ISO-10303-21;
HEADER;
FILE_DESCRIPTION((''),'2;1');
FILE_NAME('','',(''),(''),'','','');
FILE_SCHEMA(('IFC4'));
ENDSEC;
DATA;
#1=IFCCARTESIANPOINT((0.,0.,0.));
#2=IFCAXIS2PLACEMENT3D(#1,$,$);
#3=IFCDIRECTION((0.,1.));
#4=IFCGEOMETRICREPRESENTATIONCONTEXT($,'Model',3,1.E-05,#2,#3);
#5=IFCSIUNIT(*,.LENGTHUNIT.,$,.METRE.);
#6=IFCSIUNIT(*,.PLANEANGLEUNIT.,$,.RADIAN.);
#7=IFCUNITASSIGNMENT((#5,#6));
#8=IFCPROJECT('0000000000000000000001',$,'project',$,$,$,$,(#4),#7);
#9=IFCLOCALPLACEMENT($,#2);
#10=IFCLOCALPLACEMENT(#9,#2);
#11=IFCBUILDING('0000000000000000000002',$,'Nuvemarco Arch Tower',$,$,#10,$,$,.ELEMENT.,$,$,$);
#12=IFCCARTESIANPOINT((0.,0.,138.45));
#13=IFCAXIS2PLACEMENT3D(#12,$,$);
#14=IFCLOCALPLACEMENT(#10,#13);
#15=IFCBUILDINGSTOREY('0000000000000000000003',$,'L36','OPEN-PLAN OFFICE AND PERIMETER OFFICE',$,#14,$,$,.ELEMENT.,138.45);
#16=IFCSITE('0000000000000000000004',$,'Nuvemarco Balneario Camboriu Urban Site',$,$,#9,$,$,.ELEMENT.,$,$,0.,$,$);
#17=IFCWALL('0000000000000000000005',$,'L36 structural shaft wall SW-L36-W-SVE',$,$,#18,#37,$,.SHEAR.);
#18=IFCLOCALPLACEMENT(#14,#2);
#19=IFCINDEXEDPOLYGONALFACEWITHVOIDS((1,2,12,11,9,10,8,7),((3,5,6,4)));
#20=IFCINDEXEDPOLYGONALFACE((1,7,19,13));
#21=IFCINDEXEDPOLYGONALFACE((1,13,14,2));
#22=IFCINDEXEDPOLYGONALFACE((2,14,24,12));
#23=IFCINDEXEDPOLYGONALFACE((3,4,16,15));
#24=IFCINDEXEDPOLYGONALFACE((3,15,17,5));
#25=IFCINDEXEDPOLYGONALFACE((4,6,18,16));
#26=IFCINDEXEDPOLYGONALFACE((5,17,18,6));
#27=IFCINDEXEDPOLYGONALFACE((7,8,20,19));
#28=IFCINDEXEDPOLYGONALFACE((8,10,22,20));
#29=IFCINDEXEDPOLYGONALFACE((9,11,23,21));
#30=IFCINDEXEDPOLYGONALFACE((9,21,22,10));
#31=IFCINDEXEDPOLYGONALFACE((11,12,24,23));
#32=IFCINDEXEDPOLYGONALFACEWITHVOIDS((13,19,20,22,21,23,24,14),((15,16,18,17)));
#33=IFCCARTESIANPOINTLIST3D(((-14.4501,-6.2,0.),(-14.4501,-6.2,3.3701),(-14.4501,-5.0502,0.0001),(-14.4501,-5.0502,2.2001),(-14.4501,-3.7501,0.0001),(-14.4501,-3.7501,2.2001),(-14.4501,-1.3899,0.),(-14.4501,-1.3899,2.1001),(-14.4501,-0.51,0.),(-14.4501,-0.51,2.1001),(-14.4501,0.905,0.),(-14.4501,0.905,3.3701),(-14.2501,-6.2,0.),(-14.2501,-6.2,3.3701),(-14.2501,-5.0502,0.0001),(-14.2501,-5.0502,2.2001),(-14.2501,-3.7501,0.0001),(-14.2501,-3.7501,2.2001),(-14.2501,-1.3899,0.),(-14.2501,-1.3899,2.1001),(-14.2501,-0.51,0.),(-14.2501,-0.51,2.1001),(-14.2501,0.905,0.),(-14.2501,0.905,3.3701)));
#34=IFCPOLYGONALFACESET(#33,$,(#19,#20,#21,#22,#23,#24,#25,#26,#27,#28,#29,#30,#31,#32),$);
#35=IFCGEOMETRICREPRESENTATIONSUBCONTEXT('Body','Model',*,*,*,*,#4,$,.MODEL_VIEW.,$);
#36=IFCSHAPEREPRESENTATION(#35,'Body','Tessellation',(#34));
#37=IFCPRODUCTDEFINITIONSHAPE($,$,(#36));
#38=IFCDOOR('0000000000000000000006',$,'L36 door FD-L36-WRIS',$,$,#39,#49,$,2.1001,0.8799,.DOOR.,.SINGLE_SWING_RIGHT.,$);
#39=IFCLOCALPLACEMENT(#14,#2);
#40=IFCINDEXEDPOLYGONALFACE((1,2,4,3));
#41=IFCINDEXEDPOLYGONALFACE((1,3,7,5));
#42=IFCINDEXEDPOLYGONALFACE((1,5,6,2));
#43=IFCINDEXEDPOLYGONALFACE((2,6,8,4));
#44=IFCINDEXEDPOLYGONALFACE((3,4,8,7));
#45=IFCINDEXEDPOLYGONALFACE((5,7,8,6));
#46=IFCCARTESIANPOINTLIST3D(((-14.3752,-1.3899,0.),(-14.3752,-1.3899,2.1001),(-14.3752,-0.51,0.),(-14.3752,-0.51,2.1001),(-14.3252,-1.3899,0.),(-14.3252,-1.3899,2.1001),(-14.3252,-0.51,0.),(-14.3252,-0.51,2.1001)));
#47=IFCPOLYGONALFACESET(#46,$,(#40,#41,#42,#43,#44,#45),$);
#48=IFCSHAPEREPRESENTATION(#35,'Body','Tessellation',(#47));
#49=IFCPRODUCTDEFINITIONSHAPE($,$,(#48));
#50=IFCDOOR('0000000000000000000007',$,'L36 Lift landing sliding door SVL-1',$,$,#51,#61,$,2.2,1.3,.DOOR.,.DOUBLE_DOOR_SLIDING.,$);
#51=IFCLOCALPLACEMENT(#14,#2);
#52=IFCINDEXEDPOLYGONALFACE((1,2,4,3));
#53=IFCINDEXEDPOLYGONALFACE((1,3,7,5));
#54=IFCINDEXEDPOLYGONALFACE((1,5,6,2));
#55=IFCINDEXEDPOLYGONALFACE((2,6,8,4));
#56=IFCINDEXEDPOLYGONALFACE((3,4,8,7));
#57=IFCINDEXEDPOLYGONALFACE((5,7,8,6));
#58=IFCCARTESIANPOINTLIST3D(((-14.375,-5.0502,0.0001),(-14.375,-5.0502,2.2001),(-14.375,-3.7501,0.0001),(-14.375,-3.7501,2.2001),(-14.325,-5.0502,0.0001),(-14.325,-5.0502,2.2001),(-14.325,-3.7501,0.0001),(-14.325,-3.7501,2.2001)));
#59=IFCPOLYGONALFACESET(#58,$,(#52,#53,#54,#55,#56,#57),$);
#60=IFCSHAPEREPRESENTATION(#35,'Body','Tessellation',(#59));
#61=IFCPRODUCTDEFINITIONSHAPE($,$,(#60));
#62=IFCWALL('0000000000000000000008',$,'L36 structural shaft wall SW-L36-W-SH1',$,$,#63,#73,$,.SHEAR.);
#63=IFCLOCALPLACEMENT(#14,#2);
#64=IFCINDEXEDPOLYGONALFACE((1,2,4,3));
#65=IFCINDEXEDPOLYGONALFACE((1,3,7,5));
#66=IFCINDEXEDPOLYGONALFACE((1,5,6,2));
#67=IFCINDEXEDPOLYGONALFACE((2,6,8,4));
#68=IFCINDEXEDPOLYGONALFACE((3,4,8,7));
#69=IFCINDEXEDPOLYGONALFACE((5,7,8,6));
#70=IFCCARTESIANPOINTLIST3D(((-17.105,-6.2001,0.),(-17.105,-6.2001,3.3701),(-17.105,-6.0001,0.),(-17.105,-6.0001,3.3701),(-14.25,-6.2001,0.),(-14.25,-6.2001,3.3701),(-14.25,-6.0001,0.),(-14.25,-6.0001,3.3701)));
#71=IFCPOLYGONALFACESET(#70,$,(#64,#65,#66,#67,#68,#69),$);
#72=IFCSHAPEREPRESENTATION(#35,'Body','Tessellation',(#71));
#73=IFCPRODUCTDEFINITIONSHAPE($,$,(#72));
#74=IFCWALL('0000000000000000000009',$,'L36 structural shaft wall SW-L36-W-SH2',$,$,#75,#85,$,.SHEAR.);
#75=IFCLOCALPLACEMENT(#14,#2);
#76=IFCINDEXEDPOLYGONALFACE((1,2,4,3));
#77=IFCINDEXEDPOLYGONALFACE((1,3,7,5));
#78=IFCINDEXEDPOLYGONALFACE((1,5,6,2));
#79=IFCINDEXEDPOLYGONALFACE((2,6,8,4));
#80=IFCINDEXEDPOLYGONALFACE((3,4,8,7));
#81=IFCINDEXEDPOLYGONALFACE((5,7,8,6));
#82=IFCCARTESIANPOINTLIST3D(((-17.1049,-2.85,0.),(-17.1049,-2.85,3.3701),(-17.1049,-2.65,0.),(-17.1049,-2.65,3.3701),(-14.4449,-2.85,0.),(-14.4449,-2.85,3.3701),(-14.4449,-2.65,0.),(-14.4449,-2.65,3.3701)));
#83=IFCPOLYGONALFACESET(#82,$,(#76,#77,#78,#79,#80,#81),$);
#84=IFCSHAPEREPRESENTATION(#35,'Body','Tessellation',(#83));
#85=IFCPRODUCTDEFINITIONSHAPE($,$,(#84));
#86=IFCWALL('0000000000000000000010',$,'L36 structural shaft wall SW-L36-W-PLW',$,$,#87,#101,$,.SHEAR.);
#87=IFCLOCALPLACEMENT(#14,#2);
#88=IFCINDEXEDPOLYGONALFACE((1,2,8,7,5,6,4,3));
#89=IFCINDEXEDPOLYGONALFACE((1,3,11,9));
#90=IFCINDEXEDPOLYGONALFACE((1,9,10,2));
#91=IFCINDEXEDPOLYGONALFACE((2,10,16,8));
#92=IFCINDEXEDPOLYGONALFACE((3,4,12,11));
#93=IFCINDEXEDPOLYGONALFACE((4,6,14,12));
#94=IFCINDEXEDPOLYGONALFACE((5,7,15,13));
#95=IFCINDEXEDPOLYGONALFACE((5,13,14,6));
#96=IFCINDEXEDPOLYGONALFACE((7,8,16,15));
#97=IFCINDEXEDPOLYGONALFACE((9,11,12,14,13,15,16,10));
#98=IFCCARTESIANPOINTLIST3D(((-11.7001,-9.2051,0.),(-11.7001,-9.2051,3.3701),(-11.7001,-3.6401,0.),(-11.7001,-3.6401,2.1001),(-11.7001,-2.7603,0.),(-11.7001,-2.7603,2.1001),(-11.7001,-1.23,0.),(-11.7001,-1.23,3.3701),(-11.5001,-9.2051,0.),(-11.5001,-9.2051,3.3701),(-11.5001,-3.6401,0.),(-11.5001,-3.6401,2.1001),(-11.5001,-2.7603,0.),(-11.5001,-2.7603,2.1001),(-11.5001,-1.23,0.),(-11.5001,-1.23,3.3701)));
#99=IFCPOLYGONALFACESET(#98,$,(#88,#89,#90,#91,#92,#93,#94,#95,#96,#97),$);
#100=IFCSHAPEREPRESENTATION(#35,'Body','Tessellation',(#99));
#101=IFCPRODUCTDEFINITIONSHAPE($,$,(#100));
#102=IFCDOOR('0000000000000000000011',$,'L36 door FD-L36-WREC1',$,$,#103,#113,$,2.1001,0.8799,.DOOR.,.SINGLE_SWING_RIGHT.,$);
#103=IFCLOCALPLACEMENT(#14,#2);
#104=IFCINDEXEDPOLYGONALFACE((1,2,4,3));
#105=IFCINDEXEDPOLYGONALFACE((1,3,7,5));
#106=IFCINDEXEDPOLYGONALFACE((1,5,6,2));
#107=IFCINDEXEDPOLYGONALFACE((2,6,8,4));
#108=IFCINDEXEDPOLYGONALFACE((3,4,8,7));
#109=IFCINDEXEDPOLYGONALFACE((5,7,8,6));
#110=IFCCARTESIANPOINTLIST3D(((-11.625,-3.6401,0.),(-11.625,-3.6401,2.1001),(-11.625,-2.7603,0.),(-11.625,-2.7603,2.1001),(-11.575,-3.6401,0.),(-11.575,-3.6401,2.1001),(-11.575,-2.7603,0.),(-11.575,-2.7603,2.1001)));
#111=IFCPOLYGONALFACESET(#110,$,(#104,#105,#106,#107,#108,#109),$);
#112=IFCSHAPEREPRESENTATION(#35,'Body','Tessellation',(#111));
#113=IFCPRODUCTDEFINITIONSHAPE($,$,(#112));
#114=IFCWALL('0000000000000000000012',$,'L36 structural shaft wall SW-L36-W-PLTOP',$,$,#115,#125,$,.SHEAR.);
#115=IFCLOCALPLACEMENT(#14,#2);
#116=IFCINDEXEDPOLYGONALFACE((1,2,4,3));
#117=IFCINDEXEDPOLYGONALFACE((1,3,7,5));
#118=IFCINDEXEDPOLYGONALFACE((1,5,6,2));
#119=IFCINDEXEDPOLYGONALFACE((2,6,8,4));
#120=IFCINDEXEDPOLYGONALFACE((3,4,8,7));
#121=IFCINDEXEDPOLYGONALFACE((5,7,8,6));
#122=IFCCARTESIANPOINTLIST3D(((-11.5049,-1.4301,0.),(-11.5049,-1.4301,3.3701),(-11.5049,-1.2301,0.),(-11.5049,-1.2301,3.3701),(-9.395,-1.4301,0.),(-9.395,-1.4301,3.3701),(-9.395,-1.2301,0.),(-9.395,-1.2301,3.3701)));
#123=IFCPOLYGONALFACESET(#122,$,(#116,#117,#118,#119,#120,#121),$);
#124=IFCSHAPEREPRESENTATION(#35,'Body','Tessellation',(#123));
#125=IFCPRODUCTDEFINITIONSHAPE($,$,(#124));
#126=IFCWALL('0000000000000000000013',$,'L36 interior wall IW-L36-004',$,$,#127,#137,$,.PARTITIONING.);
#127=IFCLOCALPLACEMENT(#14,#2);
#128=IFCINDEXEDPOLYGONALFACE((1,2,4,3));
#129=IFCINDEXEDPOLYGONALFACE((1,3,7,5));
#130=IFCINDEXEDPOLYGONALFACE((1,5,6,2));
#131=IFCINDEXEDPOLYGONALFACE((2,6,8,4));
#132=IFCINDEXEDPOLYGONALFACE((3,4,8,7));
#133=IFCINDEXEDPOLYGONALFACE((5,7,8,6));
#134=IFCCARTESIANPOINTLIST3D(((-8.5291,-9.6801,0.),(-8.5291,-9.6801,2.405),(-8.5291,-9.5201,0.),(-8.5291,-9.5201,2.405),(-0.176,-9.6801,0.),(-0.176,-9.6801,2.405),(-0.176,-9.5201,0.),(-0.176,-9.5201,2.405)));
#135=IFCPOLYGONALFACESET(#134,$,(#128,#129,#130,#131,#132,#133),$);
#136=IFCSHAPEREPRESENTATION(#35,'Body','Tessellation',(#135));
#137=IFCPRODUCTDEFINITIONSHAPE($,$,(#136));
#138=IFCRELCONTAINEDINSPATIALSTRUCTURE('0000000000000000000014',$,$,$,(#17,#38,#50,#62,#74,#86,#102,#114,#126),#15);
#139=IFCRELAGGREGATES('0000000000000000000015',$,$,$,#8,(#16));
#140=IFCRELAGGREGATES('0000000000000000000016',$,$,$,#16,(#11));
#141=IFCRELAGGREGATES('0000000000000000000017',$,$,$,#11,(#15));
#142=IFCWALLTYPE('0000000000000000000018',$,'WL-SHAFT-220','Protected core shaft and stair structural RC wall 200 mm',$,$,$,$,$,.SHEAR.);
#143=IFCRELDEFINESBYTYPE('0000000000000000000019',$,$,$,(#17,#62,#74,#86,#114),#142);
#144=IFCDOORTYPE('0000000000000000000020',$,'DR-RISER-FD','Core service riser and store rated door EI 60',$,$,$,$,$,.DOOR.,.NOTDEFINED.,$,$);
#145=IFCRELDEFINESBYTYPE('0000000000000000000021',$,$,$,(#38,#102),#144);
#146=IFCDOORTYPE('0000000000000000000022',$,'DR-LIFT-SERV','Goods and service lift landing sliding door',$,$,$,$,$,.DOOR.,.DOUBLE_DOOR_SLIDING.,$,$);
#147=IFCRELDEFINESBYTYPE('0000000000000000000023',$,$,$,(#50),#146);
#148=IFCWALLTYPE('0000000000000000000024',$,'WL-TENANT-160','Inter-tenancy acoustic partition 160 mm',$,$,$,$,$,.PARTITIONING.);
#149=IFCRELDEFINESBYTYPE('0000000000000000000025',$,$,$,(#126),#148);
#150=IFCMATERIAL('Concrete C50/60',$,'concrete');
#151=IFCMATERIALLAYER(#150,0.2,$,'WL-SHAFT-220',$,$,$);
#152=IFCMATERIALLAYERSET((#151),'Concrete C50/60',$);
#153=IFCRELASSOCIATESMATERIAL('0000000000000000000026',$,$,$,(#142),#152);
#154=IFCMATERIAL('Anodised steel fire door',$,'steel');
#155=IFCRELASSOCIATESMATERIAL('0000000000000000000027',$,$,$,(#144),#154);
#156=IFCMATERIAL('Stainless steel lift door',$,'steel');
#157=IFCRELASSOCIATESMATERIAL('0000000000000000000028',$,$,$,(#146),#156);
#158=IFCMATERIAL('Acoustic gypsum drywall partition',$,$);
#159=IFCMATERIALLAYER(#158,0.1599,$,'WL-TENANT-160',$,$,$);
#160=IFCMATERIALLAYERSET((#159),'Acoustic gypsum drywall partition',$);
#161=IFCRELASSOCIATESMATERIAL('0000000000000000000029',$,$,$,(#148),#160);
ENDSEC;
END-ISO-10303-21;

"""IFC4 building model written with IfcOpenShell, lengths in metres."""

from ifc_helpers import new_model, si_unit, direction, frame, frame_2d, origin, place, context, subcontext, project, spatial, rectangle, extrude, source, transform, mapped, material, layer, layer_set, type_object, type_shapes, element, fill, save


model = new_model("IFC4")

# Units and contexts
model_context = context("Model", 3, precision=1e-05, world=origin(), true_north=direction((0.0, 1.0)))
body_context = subcontext(model_context, "Body", "Model", "MODEL_VIEW")
ifc_project = project(units=[si_unit("LENGTHUNIT", "METRE"), si_unit("PLANEANGLEUNIT", "RADIAN")], contexts=[model_context])

# Site, building, storey
site_placement = place(None, origin())
site = spatial("IfcSite", under=ifc_project, at=site_placement, Name="Nuvemarco Balneario Camboriu Urban Site", CompositionType="ELEMENT", RefElevation=0.0)
building_placement = place(site_placement, origin())
building = spatial("IfcBuilding", under=site, at=building_placement, Name="Nuvemarco Arch Tower", CompositionType="ELEMENT")
storey_placement = place(building_placement, frame((0.0, 0.0, 138.45)))
storey = spatial("IfcBuildingStorey", under=building, at=storey_placement, Name="L36", Description="OPEN-PLAN OFFICE AND PERIMETER OFFICE", CompositionType="ELEMENT", Elevation=138.45)

# Shared definitions
ifc_material_1 = material(Name="Concrete C50/60", Category="concrete")

# Shared definitions
ifc_material_2 = material(Name="Anodised steel fire door", Category="steel")

# Shared definitions
ifc_layer_1 = layer(ifc_material_1, 0.2, Name="WL-SHAFT-220")
ifc_layer_set_1 = layer_set([ifc_layer_1], Name="Concrete C50/60")
wall_type_1 = type_object("IfcWallType", Name="WL-SHAFT-220", Description="Protected core shaft and stair structural RC wall 200 mm", PredefinedType="SHEAR", material=ifc_layer_set_1)
ifc_material_3 = material(Name="Stainless steel lift door", Category="steel")

# Wall, openings, doors
wall_1_placement = place(storey_placement, frame((-14.3501, -6.2, 0.0), z_axis=(0.0, 0.0, 1.0), x_axis=(0.0, 1.0, 0.0)))
wall_1 = element("IfcWall", 1, at=wall_1_placement, inside=storey, type_object=wall_type_1, Name="L36 structural shaft wall SW-L36-W-SVE", PredefinedType="SHEAR", context=body_context, shape_type="SweptSolid", body=[
    extrude(rectangle(XDim=7.105, YDim=0.2, at=frame_2d((3.5525, 0.0))), origin(), (0.0, 0.0, 1.0), 3.3701),
])
opening_1_placement = place(wall_1_placement, frame((5.6899, 0.0, 0.0), z_axis=(0.0, 0.0, 1.0), x_axis=(-1.0, 0.0, 0.0)))
opening_1 = element("IfcOpeningElement", 2, at=opening_1_placement, cuts=wall_1, PredefinedType="OPENING", context=body_context, shape_type="SweptSolid", body=[
    extrude(rectangle(XDim=0.8799, YDim=2.1001, at=frame_2d((0.4399, 1.05))), frame((0.0, 0.1099, 0.0), z_axis=(0.0, -1.0, 0.0), x_axis=(1.0, 0.0, 0.0)), (0.0, 0.0, 1.0), 0.22),
])
opening_2_placement = place(wall_1_placement, frame((1.1499, 0.0, 0.0)))
opening_2 = element("IfcOpeningElement", 3, at=opening_2_placement, cuts=wall_1, PredefinedType="OPENING", context=body_context, shape_type="SweptSolid", body=[
    extrude(rectangle(XDim=1.3, YDim=2.2, at=frame_2d((0.6499, 1.1001))), frame((0.0, 0.1099, 0.0), z_axis=(0.0, -1.0, 0.0), x_axis=(1.0, 0.0, 0.0)), (0.0, 0.0, 1.0), 0.22),
])
door_type_1 = type_object("IfcDoorType", Name="DR-RISER-FD", Description="Core service riser and store rated door EI 60", OperationType="NOTDEFINED", PredefinedType="DOOR", material=ifc_material_2)
shared_shape_1 = source(origin(), body_context, "Body", "SweptSolid", [
    extrude(rectangle(XDim=0.8799, YDim=2.1001, at=frame_2d((0.4399, 1.05))), frame((0.0, 0.0249, 0.0), z_axis=(0.0, -1.0, 0.0), x_axis=(1.0, 0.0, 0.0)), (0.0, 0.0, 1.0), 0.05),
])
type_shapes(door_type_1, [shared_shape_1])
door_1_placement = place(opening_1_placement, origin())
door_1 = element("IfcDoor", 4, at=door_1_placement, inside=storey, type_object=door_type_1, Name="L36 door FD-L36-WRIS", OperationType="SINGLE_SWING_RIGHT", OverallHeight=2.1001, OverallWidth=0.8799, PredefinedType="DOOR", context=body_context, shape_type="MappedRepresentation", body=[
    mapped(shared_shape_1, transform((0.0, 0.0, 0.0), scale=1.0)),
])
fill(opening_1, door_1)
door_type_2 = type_object("IfcDoorType", Name="DR-LIFT-SERV", Description="Goods and service lift landing sliding door", OperationType="DOUBLE_DOOR_SLIDING", PredefinedType="DOOR", material=ifc_material_3)
shared_shape_2 = source(origin(), body_context, "Body", "SweptSolid", [
    extrude(rectangle(XDim=1.3, YDim=2.2, at=frame_2d((0.6499, 1.1001))), frame((0.0, 0.0249, 0.0), z_axis=(0.0, -1.0, 0.0), x_axis=(1.0, 0.0, 0.0)), (0.0, 0.0, 1.0), 0.05),
])
type_shapes(door_type_2, [shared_shape_2])
door_2_placement = place(opening_2_placement, origin())
door_2 = element("IfcDoor", 5, at=door_2_placement, inside=storey, type_object=door_type_2, Name="L36 Lift landing sliding door SVL-1", OperationType="DOUBLE_DOOR_SLIDING", OverallHeight=2.2, OverallWidth=1.3, PredefinedType="DOOR", context=body_context, shape_type="MappedRepresentation", body=[
    mapped(shared_shape_2, transform((0.0, 0.0, 0.0), scale=1.0)),
])
fill(opening_2, door_2)

# Walls
wall_2_placement = place(storey_placement, frame((-17.105, -6.1001, 0.0), z_axis=(0.0, 0.0, 1.0), x_axis=(1.0, 0.0, 0.0)))
element("IfcWall", 6, at=wall_2_placement, inside=storey, type_object=wall_type_1, Name="L36 structural shaft wall SW-L36-W-SH1", PredefinedType="SHEAR", context=body_context, shape_type="SweptSolid", body=[
    extrude(rectangle(XDim=2.855, YDim=0.2, at=frame_2d((1.4275, 0.0))), origin(), (0.0, 0.0, 1.0), 3.3701),
])
wall_3_placement = place(storey_placement, frame((-17.105, -2.75, 0.0), z_axis=(0.0, 0.0, 1.0), x_axis=(1.0, 0.0, 0.0)))
element("IfcWall", 7, at=wall_3_placement, inside=storey, type_object=wall_type_1, Name="L36 structural shaft wall SW-L36-W-SH2", PredefinedType="SHEAR", context=body_context, shape_type="SweptSolid", body=[
    extrude(rectangle(XDim=2.6599, YDim=0.2, at=frame_2d((1.3301, 0.0))), origin(), (0.0, 0.0, 1.0), 3.3701),
])

# Wall, opening, door
wall_4_placement = place(storey_placement, frame((-11.6001, -9.2051, 0.0), z_axis=(0.0, 0.0, 1.0), x_axis=(0.0, 1.0, 0.0)))
wall_4 = element("IfcWall", 8, at=wall_4_placement, inside=storey, type_object=wall_type_1, Name="L36 structural shaft wall SW-L36-W-PLW", PredefinedType="SHEAR", context=body_context, shape_type="SweptSolid", body=[
    extrude(rectangle(XDim=7.9751, YDim=0.2, at=frame_2d((3.9875, 0.0))), origin(), (0.0, 0.0, 1.0), 3.3701),
])
opening_3_placement = place(wall_4_placement, frame((5.5649, 0.0, 0.0)))
opening_3 = element("IfcOpeningElement", 9, at=opening_3_placement, cuts=wall_4, PredefinedType="OPENING", context=body_context, shape_type="SweptSolid", body=[
    extrude(rectangle(XDim=0.8799, YDim=2.1001, at=frame_2d((0.4399, 1.05))), frame((0.0, 0.1099, 0.0), z_axis=(0.0, -1.0, 0.0), x_axis=(1.0, 0.0, 0.0)), (0.0, 0.0, 1.0), 0.22),
])
door_3_placement = place(opening_3_placement, origin())
door_3 = element("IfcDoor", 10, at=door_3_placement, inside=storey, type_object=door_type_1, Name="L36 door FD-L36-WREC1", OperationType="SINGLE_SWING_RIGHT", OverallHeight=2.1001, OverallWidth=0.8799, PredefinedType="DOOR", context=body_context, shape_type="MappedRepresentation", body=[
    mapped(shared_shape_1, transform((0.0, 0.0, 0.0), scale=1.0)),
])
fill(opening_3, door_3)

# Walls
wall_5_placement = place(storey_placement, frame((-11.5049, -1.3301, 0.0), z_axis=(0.0, 0.0, 1.0), x_axis=(1.0, 0.0, 0.0)))
element("IfcWall", 11, at=wall_5_placement, inside=storey, type_object=wall_type_1, Name="L36 structural shaft wall SW-L36-W-PLTOP", PredefinedType="SHEAR", context=body_context, shape_type="SweptSolid", body=[
    extrude(rectangle(XDim=2.1099, YDim=0.2, at=frame_2d((1.0549, 0.0))), origin(), (0.0, 0.0, 1.0), 3.3701),
])
ifc_material_4 = material(Name="Acoustic gypsum drywall partition")
ifc_layer_2 = layer(ifc_material_4, 0.1599, Name="WL-TENANT-160")
ifc_layer_set_2 = layer_set([ifc_layer_2], Name="Acoustic gypsum drywall partition")
wall_type_2 = type_object("IfcWallType", Name="WL-TENANT-160", Description="Inter-tenancy acoustic partition 160 mm", PredefinedType="PARTITIONING", material=ifc_layer_set_2)
wall_6_placement = place(storey_placement, frame((-8.5291, -9.6001, 0.0), z_axis=(0.0, 0.0, 1.0), x_axis=(1.0, 0.0, 0.0)))
element("IfcWall", 12, at=wall_6_placement, inside=storey, type_object=wall_type_2, Name="L36 interior wall IW-L36-004", PredefinedType="PARTITIONING", context=body_context, shape_type="SweptSolid", body=[
    extrude(rectangle(XDim=8.353, YDim=0.1599, at=frame_2d((4.1765, 0.0))), origin(), (0.0, 0.0, 1.0), 2.405),
])

save(model, "model.ifc")
